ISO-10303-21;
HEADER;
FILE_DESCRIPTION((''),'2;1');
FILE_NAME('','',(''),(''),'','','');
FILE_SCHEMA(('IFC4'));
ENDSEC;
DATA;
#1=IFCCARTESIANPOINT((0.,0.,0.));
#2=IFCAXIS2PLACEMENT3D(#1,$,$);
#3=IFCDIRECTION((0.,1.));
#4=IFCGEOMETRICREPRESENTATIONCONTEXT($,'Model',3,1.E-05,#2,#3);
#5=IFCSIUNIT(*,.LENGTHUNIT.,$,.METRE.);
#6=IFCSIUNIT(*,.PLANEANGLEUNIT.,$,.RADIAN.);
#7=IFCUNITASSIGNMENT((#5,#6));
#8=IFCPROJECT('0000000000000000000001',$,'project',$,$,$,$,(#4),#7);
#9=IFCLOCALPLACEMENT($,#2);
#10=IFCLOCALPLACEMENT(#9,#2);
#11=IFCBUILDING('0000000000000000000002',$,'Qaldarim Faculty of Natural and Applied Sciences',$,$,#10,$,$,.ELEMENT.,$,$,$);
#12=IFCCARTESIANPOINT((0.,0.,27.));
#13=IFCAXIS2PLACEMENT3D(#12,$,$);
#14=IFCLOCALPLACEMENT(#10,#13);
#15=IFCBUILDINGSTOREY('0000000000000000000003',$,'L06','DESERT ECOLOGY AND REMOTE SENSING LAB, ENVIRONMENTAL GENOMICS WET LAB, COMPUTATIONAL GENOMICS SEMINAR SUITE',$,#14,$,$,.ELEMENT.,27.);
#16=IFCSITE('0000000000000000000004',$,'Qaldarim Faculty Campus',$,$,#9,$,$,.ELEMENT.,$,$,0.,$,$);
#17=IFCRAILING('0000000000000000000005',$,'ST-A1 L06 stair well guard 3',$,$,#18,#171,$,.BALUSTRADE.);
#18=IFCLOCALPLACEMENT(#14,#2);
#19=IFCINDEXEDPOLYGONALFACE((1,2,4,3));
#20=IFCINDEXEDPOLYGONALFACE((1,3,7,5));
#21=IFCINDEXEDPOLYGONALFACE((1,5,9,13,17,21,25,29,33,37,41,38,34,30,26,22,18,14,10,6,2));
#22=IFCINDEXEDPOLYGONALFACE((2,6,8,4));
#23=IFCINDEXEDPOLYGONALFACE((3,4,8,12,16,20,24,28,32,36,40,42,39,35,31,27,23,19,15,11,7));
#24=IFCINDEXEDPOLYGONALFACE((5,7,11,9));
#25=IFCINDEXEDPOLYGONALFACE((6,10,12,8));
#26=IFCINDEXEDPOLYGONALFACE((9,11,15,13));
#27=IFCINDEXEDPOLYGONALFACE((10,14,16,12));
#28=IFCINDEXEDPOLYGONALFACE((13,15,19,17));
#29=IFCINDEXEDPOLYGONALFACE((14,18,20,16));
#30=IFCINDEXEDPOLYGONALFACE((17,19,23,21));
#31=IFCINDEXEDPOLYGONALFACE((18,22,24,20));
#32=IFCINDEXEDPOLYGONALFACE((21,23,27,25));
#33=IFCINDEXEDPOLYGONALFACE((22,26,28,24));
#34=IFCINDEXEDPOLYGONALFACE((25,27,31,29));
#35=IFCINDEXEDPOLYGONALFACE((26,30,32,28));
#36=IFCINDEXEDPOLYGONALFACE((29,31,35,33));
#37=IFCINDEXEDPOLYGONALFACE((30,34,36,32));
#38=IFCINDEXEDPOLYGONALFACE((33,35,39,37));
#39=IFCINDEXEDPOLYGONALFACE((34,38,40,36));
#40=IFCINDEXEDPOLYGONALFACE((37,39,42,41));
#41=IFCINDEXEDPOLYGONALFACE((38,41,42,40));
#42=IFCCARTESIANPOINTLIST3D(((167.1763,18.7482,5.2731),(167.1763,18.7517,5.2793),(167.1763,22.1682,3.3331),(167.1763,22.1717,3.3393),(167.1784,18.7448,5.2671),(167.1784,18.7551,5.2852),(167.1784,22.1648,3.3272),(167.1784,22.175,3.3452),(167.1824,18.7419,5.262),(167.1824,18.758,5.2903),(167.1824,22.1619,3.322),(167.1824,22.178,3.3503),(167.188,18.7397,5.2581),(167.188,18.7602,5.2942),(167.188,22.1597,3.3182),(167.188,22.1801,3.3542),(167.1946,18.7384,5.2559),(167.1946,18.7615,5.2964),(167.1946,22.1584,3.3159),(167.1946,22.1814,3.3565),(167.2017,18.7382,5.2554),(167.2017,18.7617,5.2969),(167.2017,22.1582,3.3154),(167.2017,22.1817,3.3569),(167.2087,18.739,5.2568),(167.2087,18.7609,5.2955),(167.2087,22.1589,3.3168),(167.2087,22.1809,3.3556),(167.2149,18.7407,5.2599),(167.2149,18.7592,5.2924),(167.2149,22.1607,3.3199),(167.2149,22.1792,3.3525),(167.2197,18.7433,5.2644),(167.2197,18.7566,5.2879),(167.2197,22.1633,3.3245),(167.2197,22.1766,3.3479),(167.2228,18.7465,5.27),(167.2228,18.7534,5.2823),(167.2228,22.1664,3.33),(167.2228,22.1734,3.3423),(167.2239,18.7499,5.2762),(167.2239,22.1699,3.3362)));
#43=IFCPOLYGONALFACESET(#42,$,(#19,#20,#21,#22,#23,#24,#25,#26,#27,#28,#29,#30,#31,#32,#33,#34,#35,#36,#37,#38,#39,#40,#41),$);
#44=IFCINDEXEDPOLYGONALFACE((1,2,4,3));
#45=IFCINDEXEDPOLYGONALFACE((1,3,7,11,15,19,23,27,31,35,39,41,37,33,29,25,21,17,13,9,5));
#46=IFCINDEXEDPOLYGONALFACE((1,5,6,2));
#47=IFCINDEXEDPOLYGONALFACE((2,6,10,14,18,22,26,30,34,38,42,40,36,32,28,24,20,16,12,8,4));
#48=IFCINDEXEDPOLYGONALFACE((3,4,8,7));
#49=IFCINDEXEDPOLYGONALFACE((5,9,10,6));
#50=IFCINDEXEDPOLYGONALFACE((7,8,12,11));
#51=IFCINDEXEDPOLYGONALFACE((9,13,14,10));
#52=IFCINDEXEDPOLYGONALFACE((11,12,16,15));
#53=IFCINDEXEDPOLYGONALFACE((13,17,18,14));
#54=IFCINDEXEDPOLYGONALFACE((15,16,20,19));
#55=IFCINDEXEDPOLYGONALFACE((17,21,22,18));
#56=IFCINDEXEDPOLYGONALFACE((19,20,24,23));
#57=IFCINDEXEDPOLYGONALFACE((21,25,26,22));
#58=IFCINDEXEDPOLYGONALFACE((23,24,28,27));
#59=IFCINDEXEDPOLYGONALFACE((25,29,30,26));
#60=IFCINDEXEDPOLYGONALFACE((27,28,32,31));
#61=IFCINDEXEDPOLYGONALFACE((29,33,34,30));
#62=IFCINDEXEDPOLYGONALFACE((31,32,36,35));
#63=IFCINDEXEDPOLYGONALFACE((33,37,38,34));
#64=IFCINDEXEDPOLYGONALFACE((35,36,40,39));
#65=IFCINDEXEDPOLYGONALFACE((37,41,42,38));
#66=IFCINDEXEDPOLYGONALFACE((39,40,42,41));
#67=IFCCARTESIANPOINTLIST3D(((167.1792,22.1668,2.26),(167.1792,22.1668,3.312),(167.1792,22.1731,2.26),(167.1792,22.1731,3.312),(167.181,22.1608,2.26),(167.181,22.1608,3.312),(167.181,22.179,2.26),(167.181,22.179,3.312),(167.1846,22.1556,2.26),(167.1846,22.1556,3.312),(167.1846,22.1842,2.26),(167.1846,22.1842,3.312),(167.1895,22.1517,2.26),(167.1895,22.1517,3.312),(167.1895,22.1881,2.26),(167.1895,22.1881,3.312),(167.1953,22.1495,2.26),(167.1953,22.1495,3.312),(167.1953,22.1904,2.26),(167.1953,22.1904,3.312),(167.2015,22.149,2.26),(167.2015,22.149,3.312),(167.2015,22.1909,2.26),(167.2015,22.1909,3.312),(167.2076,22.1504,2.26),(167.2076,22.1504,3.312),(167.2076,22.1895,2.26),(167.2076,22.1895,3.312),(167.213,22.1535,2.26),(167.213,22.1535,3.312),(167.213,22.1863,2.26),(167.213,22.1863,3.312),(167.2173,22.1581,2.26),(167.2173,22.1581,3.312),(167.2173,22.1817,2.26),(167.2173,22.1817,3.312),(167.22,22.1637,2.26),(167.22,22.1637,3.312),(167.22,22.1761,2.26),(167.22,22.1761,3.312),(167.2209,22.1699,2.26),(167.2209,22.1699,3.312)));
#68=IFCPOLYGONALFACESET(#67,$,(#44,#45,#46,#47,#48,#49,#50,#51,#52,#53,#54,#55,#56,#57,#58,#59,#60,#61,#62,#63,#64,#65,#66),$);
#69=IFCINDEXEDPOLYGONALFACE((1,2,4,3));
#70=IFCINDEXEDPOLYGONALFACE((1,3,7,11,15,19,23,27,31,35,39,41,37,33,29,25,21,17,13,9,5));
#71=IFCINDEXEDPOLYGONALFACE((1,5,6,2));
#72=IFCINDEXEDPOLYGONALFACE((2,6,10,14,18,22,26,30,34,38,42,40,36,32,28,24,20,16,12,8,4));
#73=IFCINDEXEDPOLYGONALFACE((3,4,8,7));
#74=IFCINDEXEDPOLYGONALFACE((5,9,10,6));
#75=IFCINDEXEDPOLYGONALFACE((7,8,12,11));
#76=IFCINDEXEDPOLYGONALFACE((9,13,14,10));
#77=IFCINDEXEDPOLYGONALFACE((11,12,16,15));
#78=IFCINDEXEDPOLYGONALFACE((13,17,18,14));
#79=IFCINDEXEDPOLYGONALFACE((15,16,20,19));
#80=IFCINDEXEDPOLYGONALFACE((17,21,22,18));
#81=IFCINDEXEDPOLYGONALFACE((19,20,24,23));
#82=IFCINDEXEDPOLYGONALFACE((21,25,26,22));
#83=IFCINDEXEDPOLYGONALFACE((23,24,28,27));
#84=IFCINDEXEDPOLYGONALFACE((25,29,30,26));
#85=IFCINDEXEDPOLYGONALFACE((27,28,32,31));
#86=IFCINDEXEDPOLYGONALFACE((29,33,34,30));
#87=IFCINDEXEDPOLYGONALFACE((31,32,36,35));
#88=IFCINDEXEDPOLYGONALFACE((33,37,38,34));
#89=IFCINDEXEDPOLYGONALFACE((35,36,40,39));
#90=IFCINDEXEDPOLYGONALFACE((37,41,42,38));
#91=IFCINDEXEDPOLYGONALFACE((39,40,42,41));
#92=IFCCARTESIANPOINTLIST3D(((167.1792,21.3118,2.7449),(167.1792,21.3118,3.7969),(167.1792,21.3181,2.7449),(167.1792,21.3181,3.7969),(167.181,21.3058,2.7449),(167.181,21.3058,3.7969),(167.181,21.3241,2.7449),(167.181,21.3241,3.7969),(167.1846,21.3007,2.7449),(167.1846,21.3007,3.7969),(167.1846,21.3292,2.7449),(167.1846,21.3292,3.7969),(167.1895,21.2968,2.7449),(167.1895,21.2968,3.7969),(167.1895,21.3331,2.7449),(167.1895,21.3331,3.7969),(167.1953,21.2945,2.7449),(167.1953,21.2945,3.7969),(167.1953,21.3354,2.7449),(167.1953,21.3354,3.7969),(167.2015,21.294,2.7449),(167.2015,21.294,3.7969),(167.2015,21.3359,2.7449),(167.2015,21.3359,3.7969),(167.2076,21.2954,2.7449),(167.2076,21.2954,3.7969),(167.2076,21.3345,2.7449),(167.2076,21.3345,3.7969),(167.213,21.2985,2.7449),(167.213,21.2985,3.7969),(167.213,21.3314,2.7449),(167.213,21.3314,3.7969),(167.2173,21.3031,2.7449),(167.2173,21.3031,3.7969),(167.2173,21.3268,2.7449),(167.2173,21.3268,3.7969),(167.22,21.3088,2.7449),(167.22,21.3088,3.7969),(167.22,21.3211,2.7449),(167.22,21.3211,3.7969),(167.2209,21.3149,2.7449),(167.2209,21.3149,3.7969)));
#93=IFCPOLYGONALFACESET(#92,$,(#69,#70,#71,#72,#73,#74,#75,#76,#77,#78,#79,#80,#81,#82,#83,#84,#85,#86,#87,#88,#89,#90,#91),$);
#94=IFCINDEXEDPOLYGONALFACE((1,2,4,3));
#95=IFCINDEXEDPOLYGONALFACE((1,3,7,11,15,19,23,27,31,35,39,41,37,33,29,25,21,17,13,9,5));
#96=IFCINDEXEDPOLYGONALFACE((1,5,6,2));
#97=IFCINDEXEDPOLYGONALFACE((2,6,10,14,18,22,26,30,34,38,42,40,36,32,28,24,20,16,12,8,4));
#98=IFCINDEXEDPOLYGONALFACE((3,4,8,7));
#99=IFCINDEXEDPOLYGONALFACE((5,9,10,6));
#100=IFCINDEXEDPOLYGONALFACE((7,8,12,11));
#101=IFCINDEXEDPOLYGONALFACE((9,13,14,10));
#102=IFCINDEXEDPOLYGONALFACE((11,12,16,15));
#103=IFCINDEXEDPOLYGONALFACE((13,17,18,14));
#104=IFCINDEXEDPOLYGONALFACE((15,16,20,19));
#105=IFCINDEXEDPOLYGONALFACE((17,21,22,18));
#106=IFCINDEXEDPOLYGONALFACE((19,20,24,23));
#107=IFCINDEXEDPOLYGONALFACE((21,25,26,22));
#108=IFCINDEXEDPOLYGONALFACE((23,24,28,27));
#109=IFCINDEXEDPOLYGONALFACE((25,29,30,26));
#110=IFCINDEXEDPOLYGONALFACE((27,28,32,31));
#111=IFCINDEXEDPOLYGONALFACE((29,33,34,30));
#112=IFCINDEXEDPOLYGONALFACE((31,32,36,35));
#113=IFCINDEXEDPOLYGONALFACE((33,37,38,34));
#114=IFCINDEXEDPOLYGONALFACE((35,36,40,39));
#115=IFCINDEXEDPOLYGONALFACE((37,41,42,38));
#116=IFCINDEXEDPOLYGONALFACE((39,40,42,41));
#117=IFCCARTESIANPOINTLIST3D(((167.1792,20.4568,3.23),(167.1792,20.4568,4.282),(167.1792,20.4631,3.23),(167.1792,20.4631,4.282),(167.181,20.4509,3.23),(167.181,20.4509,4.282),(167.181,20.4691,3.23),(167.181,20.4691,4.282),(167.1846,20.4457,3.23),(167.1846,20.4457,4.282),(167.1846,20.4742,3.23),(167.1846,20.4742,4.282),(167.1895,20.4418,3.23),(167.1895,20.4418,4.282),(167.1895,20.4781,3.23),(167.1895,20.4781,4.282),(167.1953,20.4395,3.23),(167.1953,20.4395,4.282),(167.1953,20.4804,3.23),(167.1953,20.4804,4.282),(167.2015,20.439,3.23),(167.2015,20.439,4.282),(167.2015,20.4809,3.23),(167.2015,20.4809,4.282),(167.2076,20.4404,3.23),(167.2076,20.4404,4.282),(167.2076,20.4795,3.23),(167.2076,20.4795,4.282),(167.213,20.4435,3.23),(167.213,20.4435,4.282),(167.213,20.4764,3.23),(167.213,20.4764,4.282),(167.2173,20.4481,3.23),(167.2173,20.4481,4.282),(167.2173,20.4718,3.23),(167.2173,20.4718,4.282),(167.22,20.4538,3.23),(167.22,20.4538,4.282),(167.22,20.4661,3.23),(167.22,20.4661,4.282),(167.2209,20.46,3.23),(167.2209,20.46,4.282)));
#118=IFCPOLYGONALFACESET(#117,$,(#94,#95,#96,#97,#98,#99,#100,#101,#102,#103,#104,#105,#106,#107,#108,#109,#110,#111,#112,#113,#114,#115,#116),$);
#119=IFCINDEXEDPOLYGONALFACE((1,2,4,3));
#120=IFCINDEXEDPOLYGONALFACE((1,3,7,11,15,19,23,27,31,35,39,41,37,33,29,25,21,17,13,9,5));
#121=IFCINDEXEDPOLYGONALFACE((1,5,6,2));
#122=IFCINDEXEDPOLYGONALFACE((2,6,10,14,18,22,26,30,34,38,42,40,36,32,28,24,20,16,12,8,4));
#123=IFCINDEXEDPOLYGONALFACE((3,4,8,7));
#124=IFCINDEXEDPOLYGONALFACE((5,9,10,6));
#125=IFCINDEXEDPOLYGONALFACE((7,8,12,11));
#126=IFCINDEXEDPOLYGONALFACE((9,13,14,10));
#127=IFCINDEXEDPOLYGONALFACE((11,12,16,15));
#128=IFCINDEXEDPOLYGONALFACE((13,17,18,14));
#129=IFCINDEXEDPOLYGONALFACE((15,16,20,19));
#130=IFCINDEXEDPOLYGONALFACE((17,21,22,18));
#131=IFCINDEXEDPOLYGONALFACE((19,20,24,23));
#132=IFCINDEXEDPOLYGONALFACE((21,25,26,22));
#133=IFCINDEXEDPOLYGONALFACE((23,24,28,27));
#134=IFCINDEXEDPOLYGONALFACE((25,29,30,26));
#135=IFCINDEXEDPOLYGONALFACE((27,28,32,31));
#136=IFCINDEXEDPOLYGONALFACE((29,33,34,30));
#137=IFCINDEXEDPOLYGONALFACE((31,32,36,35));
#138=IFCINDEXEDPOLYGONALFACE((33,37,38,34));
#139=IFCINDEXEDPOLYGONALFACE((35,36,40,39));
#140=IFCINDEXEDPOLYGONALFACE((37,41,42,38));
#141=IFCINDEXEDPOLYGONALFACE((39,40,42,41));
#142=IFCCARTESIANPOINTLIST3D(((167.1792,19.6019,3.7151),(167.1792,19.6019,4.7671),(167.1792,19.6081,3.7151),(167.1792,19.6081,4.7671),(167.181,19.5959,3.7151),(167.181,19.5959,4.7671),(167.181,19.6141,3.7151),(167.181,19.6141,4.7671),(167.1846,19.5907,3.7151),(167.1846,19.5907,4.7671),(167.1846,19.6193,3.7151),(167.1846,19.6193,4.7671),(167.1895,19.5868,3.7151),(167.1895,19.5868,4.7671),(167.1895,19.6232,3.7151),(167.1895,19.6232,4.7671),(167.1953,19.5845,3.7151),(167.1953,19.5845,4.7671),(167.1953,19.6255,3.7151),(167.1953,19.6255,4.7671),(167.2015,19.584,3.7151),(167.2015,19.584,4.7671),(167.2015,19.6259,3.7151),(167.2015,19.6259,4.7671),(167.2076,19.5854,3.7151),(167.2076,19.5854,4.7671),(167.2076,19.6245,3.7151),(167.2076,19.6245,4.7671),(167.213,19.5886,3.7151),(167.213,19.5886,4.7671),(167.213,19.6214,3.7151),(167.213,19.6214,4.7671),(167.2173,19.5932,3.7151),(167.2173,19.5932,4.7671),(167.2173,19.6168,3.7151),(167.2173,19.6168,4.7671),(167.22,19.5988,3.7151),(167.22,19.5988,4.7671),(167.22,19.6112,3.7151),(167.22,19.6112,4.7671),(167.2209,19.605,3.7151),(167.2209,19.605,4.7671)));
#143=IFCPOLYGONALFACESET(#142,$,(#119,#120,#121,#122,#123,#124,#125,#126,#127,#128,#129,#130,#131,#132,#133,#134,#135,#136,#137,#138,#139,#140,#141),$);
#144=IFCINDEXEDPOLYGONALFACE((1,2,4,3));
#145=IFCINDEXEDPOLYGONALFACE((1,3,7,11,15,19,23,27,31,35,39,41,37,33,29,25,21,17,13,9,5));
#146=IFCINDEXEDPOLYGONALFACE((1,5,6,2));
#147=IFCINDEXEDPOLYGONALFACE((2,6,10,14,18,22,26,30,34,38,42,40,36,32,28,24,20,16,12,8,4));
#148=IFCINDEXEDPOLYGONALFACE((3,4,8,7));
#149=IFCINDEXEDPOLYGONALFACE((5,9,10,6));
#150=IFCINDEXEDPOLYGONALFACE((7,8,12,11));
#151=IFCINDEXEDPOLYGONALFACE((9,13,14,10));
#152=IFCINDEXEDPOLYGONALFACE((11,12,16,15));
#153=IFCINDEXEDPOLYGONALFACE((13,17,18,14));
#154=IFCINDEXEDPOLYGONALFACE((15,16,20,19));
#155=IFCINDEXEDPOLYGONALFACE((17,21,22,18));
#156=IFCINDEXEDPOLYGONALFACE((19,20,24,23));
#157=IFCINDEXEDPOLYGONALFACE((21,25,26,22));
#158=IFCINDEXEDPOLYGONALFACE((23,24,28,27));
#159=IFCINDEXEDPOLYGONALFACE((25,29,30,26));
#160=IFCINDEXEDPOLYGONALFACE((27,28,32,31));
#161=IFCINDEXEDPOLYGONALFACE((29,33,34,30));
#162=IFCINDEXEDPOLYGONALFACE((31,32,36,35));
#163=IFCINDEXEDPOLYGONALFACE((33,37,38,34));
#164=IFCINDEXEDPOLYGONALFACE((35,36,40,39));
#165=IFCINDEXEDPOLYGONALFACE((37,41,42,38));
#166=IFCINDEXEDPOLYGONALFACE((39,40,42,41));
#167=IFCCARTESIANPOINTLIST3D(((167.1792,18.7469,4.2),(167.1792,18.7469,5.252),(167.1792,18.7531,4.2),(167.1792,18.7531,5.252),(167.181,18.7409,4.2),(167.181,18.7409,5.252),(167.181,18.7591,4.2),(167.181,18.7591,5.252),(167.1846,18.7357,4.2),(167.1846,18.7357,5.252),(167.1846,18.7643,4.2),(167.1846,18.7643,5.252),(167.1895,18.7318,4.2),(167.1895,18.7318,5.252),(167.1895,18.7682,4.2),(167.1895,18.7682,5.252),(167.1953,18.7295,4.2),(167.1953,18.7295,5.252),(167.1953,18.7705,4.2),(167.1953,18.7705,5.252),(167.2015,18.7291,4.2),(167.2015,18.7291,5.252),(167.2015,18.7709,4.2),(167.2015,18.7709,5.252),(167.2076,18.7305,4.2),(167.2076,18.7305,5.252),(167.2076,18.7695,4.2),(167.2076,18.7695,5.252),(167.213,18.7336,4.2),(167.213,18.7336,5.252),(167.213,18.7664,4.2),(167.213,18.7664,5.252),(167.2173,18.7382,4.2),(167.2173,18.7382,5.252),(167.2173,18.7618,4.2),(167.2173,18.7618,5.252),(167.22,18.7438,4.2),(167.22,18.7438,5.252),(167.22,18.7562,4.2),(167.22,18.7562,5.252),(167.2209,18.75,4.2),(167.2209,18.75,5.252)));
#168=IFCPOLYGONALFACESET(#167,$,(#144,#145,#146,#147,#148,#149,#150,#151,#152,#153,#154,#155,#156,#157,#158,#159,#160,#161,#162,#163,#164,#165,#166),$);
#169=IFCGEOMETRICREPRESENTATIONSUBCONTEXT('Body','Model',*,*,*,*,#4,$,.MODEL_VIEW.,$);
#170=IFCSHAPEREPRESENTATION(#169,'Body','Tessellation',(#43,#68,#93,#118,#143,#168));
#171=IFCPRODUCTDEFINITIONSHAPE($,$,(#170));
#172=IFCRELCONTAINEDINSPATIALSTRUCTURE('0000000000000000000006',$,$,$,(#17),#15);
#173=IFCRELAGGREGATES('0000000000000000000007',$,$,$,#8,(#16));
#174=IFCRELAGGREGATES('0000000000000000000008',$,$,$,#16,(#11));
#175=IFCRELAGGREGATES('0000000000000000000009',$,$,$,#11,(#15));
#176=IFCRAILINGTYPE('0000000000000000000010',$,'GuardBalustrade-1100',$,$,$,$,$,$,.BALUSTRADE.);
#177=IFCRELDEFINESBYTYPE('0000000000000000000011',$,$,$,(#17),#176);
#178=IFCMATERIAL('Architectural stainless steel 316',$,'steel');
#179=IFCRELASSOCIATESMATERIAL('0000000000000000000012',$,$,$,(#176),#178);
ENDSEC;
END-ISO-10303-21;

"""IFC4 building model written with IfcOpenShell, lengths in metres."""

from ifc_helpers import new_model, si_unit, direction, frame, origin, origin_2d, place, context, subcontext, project, spatial, circle, extrude, material, type_object, element, save


model = new_model("IFC4")

# Units and contexts
model_context = context("Model", 3, precision=1e-05, world=origin(), true_north=direction((0.0, 1.0)))
body_context = subcontext(model_context, "Body", "Model", "MODEL_VIEW")
ifc_project = project(units=[si_unit("LENGTHUNIT", "METRE"), si_unit("PLANEANGLEUNIT", "RADIAN")], contexts=[model_context])

# Site, building, storey
site_placement = place(None, origin())
site = spatial("IfcSite", under=ifc_project, at=site_placement, Name="Qaldarim Faculty Campus", CompositionType="ELEMENT", RefElevation=0.0)
building_placement = place(site_placement, origin())
building = spatial("IfcBuilding", under=site, at=building_placement, Name="Qaldarim Faculty of Natural and Applied Sciences", CompositionType="ELEMENT")
storey_placement = place(building_placement, frame((0.0, 0.0, 27.0)))
storey = spatial("IfcBuildingStorey", under=building, at=storey_placement, Name="L06", Description="DESERT ECOLOGY AND REMOTE SENSING LAB, ENVIRONMENTAL GENOMICS WET LAB, COMPUTATIONAL GENOMICS SEMINAR SUITE", CompositionType="ELEMENT", Elevation=27.0)

# Shared definitions
ifc_material_1 = material(Name="Architectural stainless steel 316", Category="steel")

# Railing
railing_type_1 = type_object("IfcRailingType", Name="GuardBalustrade-1100", PredefinedType="BALUSTRADE", material=ifc_material_1)
railing_1_placement = place(storey_placement, frame((167.2, 22.1699, 2.26)))
element("IfcRailing", 1, at=railing_1_placement, inside=storey, type_object=railing_type_1, Name="ST-A1 L06 stair well guard 3", PredefinedType="BALUSTRADE", context=body_context, shape_type="SweptSolid", body=[
    extrude(circle(Radius=0.0239, at=origin_2d()), frame((0.0, 0.0, 1.0762), z_axis=(0.0, -0.869805, 0.493395), x_axis=(1.0, 0.0, 0.0)), (0.0, 0.0, 1.0), 3.9319),
    extrude(circle(Radius=0.021, at=origin_2d()), origin(), (0.0, 0.0, 1.0), 1.052),
    extrude(circle(Radius=0.021, at=origin_2d()), frame((0.0, -0.855, 0.4849)), (0.0, 0.0, 1.0), 1.052),
    extrude(circle(Radius=0.021, at=origin_2d()), frame((0.0, -1.71, 0.97)), (0.0, 0.0, 1.0), 1.052),
    extrude(circle(Radius=0.021, at=origin_2d()), frame((0.0, -2.5649, 1.4551)), (0.0, 0.0, 1.0), 1.052),
    extrude(circle(Radius=0.021, at=origin_2d()), frame((0.0, -3.4199, 1.9399)), (0.0, 0.0, 1.0), 1.052),
])

save(model, "model.ifc")
